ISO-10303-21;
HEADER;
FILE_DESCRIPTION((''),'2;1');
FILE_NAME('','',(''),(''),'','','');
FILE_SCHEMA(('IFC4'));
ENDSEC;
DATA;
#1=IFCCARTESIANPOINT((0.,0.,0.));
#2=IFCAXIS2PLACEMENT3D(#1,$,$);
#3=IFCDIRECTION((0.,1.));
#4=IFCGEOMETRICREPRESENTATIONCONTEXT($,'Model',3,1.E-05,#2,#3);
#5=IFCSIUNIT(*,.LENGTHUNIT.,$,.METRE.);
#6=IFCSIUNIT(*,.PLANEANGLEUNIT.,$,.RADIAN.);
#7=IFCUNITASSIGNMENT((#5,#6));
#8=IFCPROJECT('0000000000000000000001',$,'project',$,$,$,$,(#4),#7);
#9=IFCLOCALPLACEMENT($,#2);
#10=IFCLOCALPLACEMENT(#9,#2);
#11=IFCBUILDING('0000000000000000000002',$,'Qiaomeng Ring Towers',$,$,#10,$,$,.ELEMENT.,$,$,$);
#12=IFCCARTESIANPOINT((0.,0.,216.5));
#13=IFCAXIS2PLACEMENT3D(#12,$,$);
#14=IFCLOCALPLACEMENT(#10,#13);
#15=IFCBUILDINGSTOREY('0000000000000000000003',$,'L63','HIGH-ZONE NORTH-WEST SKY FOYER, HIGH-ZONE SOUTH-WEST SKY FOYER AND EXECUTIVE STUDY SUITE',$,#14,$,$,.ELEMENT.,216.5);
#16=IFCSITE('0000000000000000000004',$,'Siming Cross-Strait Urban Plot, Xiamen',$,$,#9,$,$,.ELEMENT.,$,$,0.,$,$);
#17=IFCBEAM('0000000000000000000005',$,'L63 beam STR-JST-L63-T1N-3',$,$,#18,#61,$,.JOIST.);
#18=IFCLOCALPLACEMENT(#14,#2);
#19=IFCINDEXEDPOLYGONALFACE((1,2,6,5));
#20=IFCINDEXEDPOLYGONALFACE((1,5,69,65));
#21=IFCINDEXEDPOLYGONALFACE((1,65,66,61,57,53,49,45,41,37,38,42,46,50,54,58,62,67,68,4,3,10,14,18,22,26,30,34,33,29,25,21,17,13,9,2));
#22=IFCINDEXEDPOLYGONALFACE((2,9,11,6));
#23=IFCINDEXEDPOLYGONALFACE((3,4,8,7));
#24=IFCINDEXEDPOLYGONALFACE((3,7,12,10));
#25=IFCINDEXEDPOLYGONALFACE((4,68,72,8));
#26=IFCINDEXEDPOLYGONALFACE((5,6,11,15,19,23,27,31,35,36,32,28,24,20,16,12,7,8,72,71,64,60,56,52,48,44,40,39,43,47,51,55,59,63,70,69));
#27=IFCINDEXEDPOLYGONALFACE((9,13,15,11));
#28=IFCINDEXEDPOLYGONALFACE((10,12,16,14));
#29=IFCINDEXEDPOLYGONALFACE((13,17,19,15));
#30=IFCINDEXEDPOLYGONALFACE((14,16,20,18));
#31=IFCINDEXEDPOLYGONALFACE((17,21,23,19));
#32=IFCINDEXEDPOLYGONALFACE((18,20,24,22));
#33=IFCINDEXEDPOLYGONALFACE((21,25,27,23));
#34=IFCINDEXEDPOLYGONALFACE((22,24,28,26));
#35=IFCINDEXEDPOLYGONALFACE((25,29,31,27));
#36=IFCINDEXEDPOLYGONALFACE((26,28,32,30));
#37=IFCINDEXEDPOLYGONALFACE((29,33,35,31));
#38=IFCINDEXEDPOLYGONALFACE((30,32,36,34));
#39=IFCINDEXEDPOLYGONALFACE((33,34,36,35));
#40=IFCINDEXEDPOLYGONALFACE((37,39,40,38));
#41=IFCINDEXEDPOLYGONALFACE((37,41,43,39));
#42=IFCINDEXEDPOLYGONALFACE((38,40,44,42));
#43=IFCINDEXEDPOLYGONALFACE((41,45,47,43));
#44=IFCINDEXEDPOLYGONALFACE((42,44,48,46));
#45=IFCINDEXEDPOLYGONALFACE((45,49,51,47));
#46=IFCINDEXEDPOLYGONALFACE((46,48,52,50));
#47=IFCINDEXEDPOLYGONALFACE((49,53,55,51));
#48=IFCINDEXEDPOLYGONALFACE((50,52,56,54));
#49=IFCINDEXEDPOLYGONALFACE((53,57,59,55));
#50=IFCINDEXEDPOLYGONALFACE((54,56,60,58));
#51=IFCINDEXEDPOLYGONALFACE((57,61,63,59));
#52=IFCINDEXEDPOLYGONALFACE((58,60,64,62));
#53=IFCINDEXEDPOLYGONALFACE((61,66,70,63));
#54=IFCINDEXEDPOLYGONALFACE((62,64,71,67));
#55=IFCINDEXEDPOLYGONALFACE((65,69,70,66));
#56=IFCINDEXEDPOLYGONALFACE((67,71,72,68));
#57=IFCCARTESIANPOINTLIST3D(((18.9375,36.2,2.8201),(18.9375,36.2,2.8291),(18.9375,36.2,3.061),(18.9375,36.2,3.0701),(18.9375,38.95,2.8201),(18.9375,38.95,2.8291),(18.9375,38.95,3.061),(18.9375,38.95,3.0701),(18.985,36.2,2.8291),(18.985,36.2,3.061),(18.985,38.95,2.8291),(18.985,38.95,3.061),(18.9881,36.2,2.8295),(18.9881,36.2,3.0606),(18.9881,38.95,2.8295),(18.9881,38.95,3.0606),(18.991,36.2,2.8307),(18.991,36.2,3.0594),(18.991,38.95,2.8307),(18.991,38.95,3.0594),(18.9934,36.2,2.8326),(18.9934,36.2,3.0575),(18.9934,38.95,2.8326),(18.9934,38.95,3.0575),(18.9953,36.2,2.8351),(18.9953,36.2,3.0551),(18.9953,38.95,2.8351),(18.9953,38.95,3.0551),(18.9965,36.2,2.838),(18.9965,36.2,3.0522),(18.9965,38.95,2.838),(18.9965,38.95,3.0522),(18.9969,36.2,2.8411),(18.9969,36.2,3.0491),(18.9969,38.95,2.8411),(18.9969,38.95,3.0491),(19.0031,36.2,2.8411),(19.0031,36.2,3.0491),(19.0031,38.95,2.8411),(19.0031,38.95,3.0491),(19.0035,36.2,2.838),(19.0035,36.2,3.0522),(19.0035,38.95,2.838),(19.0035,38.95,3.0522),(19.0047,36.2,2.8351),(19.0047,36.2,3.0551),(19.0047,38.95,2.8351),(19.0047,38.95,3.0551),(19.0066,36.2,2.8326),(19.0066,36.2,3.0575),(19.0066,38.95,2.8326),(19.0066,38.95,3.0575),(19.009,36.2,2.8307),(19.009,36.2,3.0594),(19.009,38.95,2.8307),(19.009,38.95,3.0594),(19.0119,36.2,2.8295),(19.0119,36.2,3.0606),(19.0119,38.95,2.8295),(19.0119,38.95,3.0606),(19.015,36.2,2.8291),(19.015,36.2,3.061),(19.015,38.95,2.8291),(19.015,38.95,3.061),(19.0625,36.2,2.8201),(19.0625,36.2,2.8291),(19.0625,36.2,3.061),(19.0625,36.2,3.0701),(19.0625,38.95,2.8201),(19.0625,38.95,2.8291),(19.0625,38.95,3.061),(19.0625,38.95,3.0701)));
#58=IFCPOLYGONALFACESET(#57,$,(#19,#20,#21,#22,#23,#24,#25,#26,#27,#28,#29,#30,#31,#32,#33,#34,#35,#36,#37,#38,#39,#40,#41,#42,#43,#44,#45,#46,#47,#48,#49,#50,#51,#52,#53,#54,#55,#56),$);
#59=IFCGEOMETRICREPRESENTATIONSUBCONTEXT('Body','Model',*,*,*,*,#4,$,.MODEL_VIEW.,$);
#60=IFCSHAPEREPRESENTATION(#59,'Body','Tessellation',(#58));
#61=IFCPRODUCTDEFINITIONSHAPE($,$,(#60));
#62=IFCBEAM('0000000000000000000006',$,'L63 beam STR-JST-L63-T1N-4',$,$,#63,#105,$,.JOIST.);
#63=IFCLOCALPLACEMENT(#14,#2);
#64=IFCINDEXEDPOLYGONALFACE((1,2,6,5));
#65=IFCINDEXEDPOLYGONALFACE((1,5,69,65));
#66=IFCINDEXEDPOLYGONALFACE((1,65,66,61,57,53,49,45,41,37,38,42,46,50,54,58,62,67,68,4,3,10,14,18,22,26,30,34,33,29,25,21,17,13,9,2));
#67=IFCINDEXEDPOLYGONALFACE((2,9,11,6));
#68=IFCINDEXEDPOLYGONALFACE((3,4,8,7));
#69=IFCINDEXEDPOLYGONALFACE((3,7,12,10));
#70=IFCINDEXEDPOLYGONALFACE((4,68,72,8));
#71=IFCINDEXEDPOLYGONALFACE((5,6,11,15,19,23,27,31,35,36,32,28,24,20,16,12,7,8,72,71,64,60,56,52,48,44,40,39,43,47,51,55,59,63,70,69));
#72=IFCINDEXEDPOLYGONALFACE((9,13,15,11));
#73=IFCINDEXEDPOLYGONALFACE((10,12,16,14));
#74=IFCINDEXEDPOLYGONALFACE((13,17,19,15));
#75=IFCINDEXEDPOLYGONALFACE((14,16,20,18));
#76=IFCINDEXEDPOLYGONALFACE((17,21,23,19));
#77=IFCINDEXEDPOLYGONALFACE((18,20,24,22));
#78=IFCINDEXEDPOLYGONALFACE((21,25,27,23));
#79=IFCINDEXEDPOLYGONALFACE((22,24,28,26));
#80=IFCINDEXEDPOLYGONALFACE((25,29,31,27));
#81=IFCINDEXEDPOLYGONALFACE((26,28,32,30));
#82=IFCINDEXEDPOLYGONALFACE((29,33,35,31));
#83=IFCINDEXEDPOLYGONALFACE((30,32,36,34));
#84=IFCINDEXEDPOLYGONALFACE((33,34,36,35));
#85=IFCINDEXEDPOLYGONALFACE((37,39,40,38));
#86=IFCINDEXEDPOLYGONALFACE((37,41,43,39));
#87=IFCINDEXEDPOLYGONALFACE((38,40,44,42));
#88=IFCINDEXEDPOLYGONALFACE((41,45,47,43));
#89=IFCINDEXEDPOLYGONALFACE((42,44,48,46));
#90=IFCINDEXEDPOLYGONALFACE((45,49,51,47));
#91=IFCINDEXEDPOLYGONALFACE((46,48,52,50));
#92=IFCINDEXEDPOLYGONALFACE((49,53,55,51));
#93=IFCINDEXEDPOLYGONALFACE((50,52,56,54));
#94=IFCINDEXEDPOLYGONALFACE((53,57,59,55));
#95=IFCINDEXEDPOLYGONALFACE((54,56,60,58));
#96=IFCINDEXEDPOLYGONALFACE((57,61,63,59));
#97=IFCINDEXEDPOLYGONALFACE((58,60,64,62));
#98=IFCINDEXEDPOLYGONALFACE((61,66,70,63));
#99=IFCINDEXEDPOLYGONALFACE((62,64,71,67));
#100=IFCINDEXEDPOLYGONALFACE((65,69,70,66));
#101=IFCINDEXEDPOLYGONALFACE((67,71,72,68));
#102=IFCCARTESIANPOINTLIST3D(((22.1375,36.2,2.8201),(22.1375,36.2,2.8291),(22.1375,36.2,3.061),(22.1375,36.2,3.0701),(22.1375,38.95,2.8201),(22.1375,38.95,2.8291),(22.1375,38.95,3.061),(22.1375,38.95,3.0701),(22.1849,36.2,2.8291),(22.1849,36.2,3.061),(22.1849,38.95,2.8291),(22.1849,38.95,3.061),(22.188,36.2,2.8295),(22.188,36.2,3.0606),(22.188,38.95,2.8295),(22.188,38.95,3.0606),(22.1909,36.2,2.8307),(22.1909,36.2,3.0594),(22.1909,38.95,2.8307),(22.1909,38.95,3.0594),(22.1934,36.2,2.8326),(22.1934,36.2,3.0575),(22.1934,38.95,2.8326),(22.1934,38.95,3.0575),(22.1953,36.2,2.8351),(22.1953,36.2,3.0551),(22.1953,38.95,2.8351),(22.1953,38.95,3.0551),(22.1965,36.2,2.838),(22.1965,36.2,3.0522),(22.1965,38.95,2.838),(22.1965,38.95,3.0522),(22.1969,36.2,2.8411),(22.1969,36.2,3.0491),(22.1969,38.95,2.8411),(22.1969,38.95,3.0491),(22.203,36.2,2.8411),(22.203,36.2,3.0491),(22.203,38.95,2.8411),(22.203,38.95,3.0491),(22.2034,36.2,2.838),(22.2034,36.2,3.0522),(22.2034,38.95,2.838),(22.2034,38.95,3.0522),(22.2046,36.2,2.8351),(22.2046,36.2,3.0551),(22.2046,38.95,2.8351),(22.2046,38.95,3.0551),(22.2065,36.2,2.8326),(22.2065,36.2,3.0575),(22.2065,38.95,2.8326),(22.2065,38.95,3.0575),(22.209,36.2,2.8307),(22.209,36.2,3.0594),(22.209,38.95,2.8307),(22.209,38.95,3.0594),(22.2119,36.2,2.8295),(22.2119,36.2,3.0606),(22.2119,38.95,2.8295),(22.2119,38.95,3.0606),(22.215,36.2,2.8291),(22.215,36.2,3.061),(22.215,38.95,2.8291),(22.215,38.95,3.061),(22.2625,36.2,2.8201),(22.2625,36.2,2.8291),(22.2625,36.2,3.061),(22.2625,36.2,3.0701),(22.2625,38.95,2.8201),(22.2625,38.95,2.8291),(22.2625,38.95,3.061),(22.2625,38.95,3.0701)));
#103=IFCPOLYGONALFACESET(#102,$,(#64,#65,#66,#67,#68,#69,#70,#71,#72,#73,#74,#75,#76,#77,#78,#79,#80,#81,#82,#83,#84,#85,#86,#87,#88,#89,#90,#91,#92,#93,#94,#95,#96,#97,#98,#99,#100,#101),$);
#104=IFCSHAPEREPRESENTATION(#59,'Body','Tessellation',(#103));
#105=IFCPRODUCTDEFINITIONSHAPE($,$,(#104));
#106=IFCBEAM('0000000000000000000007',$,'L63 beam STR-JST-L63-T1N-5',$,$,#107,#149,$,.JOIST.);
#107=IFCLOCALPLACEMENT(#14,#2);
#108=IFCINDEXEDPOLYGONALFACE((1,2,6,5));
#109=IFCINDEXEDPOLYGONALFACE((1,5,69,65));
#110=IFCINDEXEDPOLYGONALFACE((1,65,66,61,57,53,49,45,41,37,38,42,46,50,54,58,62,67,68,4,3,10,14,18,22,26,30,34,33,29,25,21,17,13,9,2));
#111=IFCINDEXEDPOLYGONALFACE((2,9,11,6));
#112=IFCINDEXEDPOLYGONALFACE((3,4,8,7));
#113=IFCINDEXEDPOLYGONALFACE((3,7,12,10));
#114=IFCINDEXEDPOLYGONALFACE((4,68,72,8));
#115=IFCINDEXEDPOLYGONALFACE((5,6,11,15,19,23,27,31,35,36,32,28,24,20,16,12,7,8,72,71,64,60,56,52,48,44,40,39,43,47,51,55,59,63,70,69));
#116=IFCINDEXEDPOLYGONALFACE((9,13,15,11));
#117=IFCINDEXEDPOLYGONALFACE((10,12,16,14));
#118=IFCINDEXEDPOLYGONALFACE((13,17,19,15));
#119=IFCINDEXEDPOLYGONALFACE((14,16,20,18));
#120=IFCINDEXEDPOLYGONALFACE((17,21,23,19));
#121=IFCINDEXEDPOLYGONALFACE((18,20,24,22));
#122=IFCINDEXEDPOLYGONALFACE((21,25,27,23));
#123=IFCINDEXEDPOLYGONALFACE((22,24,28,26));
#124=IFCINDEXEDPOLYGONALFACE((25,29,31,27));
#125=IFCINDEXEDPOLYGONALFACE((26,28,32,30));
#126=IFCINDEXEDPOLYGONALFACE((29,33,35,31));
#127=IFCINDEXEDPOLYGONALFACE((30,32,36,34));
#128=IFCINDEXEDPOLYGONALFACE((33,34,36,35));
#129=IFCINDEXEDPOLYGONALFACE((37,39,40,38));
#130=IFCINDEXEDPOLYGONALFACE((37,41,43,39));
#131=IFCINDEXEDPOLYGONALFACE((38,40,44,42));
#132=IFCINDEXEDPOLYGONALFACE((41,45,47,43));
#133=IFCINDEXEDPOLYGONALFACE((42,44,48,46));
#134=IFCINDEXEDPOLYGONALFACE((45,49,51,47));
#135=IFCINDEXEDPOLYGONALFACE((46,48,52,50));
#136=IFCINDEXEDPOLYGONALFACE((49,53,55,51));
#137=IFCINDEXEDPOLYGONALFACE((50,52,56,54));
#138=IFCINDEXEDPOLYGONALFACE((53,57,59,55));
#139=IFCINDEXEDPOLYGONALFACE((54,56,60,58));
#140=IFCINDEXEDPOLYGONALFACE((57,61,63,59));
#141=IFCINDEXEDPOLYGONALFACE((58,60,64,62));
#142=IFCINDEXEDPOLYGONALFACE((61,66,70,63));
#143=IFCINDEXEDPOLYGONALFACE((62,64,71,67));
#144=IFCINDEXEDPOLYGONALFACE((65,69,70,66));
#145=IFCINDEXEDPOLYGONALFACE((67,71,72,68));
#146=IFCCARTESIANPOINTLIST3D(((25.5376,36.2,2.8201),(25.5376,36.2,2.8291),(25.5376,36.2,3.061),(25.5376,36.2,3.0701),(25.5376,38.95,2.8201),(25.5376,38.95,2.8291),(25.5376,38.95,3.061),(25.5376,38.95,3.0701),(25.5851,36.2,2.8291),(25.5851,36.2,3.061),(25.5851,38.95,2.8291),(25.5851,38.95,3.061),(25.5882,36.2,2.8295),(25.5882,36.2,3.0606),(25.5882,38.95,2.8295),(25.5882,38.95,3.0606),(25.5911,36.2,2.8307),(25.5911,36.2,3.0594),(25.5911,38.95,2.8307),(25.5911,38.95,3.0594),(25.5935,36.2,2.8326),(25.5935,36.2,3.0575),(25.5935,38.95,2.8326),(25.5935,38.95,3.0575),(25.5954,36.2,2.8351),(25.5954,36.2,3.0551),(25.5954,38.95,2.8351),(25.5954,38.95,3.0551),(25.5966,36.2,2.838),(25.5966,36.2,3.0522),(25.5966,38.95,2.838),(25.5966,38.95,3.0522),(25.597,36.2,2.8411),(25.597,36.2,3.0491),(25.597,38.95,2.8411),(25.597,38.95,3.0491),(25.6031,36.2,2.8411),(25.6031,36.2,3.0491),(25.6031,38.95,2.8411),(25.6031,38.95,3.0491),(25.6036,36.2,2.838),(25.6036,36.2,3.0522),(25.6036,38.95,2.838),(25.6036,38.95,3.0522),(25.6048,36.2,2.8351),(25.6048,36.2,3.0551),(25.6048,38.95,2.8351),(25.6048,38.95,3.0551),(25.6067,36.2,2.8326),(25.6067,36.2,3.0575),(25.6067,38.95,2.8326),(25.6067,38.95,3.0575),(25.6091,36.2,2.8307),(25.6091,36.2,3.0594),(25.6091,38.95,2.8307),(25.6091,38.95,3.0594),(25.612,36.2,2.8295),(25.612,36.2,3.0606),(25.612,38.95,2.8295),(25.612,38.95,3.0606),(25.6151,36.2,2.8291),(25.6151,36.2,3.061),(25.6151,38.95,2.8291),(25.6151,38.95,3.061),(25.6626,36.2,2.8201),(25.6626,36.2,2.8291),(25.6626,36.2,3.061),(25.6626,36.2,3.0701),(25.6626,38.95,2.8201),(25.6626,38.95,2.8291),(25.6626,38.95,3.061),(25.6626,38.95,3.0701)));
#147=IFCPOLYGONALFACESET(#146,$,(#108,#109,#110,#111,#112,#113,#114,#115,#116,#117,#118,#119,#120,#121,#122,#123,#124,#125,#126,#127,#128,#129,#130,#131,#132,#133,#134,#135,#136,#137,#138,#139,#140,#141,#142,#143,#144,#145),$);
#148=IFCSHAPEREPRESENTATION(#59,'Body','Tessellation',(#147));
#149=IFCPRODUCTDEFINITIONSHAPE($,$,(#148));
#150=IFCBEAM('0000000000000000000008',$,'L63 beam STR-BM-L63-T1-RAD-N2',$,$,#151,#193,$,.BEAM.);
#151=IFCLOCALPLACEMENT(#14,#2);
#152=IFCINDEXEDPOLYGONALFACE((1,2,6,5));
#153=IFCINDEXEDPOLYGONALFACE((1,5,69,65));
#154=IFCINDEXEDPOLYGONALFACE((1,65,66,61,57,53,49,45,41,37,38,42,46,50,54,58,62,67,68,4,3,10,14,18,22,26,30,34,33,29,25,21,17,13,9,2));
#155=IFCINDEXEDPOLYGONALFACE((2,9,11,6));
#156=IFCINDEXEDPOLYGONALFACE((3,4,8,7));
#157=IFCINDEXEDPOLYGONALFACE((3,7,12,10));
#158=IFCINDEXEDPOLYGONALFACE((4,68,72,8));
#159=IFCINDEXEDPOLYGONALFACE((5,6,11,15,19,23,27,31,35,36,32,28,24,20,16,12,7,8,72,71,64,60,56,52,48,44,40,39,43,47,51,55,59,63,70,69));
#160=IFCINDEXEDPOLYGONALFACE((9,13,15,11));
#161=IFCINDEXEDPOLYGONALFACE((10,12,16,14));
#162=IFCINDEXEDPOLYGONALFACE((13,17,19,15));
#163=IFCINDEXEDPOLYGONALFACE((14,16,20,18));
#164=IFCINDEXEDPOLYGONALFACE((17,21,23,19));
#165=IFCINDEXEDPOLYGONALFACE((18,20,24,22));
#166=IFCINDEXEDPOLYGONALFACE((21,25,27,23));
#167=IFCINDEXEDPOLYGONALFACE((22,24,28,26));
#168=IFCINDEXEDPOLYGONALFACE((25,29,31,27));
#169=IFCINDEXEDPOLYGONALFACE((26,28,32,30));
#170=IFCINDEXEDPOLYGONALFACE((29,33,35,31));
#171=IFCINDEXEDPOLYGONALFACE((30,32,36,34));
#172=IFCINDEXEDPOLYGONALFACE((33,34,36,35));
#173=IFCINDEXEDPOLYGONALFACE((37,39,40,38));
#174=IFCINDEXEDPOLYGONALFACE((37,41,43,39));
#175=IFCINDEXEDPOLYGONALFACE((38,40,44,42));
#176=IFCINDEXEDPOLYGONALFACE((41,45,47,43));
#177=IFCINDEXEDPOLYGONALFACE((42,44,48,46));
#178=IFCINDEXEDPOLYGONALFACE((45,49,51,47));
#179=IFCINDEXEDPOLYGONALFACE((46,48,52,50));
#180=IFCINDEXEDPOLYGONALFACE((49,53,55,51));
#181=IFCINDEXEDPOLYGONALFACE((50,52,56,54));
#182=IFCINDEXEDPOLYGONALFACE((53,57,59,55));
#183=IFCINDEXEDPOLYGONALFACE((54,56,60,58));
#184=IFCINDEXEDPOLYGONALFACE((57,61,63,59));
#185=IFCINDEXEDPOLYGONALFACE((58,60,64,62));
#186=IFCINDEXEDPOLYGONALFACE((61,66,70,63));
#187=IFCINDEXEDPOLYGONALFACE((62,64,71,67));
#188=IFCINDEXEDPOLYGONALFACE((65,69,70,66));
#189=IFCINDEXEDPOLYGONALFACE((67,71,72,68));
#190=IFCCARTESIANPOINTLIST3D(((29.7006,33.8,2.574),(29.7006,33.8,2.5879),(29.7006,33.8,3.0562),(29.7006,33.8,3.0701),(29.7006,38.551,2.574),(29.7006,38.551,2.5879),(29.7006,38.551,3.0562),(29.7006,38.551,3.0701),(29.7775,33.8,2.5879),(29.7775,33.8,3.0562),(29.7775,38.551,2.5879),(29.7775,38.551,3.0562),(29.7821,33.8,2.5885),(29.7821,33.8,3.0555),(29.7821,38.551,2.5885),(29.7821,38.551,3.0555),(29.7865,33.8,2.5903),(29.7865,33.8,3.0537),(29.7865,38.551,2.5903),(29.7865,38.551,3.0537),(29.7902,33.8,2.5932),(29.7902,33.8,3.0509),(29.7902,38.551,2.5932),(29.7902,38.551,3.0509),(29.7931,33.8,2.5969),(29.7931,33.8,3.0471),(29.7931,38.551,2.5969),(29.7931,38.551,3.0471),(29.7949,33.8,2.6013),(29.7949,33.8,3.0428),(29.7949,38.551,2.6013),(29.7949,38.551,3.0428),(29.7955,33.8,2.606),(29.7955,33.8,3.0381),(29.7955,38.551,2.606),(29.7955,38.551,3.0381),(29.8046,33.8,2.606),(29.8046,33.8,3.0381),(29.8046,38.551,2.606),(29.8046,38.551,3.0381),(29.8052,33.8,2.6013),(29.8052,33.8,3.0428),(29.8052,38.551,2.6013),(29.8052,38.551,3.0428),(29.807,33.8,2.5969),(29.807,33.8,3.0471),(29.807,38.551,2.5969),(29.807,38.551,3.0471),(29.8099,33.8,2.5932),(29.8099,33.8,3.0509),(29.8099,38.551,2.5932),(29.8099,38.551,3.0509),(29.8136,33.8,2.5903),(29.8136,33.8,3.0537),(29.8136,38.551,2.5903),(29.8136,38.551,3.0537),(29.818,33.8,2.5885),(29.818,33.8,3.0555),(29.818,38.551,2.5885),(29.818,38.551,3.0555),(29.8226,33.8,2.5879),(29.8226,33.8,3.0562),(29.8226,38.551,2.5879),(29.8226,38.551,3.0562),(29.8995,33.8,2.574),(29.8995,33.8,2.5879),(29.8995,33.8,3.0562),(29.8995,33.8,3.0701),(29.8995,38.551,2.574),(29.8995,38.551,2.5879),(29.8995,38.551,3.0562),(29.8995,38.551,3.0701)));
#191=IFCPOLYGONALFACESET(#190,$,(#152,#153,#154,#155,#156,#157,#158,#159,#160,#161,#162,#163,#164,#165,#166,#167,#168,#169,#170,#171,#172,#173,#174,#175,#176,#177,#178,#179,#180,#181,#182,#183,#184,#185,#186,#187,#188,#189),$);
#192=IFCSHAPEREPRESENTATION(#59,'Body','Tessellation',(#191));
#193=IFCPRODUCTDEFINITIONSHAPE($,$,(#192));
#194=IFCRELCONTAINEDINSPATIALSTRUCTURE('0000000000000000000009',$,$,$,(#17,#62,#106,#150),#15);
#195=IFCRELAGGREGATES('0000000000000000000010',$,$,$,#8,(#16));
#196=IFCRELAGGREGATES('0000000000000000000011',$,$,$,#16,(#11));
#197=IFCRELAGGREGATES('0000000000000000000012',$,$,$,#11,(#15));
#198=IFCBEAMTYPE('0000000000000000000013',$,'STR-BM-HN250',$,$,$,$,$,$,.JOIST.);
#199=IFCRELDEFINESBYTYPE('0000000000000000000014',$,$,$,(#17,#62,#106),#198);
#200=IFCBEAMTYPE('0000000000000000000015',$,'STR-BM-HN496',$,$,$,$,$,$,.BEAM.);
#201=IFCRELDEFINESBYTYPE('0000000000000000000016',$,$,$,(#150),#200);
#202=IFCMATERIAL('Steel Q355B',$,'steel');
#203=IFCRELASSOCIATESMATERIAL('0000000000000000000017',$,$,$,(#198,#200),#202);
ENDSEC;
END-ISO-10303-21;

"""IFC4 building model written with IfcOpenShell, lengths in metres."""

from ifc_helpers import new_model, si_unit, direction, frame, origin, origin_2d, place, context, subcontext, project, spatial, i_section, extrude, source, transform, mapped, material, material_profile, profile_set, type_object, element, save


model = new_model("IFC4")

# Units and contexts
model_context = context("Model", 3, precision=1e-05, world=origin(), true_north=direction((0.0, 1.0)))
body_context = subcontext(model_context, "Body", "Model", "MODEL_VIEW")
ifc_project = project(units=[si_unit("LENGTHUNIT", "METRE"), si_unit("PLANEANGLEUNIT", "RADIAN")], contexts=[model_context])

# Site, building, storey
site_placement = place(None, origin())
site = spatial("IfcSite", under=ifc_project, at=site_placement, Name="Siming Cross-Strait Urban Plot, Xiamen", CompositionType="ELEMENT", RefElevation=0.0)
building_placement = place(site_placement, origin())
building = spatial("IfcBuilding", under=site, at=building_placement, Name="Qiaomeng Ring Towers", CompositionType="ELEMENT")
storey_placement = place(building_placement, frame((0.0, 0.0, 216.5)))
storey = spatial("IfcBuildingStorey", under=building, at=storey_placement, Name="L63", Description="HIGH-ZONE NORTH-WEST SKY FOYER, HIGH-ZONE SOUTH-WEST SKY FOYER AND EXECUTIVE STUDY SUITE", CompositionType="ELEMENT", Elevation=216.5)

# Beams
ifc_material_1 = material(Name="Steel Q355B", Category="steel")
ifc_material_profile_1 = material_profile(ifc_material_1, i_section(OverallWidth=0.125, OverallDepth=0.25, WebThickness=0.0061, FlangeThickness=0.009, FilletRadius=0.012, at=origin_2d()), Name="HN 250x125x6x9")
ifc_profile_set_1 = profile_set([ifc_material_profile_1], Name="Steel Q355B")
beam_type_1 = type_object("IfcBeamType", Name="STR-BM-HN250", PredefinedType="JOIST", material=ifc_profile_set_1)
shared_shape_1 = source(origin(), body_context, "Body", "SweptSolid", [
    extrude(i_section(OverallWidth=0.125, OverallDepth=0.25, WebThickness=0.0061, FlangeThickness=0.009, FilletRadius=0.012, at=origin_2d()), origin(), (0.0, 0.0, 1.0), 2.75),
])
for number, where, z_axis, x_axis, name in (
    (1, (19.0, 36.2, 2.9451), (0.0, 1.0, 0.0), (-1.0, 0.0, 0.0), "L63 beam STR-JST-L63-T1N-3"),
    (2, (22.2, 36.2, 2.9451), (0.0, 1.0, 0.0), (-1.0, 0.0, 0.0), "L63 beam STR-JST-L63-T1N-4"),
    (3, (25.6001, 36.2, 2.9451), (0.0, 1.0, 0.0), (-1.0, 0.0, 0.0), "L63 beam STR-JST-L63-T1N-5"),
):
    element("IfcBeam", number, at=place(storey_placement, frame(where, z_axis=z_axis, x_axis=x_axis)), inside=storey, type_object=beam_type_1, Name=name, PredefinedType="JOIST", context=body_context, shape_type="MappedRepresentation", body=[
        mapped(shared_shape_1, transform((0.0, 0.0, 0.0), x_axis=(1.0, 0.0, 0.0), y_axis=(0.0, 1.0, 0.0), z_axis=(0.0, 0.0, 1.0), scale=1.0)),
    ])
ifc_material_profile_2 = material_profile(ifc_material_1, i_section(OverallWidth=0.199, OverallDepth=0.4961, WebThickness=0.009, FlangeThickness=0.0139, FilletRadius=0.0181, at=origin_2d()), Name="HN 496x199x9x14")
ifc_profile_set_2 = profile_set([ifc_material_profile_2], Name="Steel Q355B")
beam_type_2 = type_object("IfcBeamType", Name="STR-BM-HN496", PredefinedType="BEAM", material=ifc_profile_set_2)
shared_shape_2 = source(origin(), body_context, "Body", "SweptSolid", [
    extrude(i_section(OverallWidth=0.199, OverallDepth=0.4961, WebThickness=0.009, FlangeThickness=0.0139, FilletRadius=0.0181, at=origin_2d()), origin(), (0.0, 0.0, 1.0), 4.751),
])
beam_1_placement = place(storey_placement, frame((29.8, 38.551, 2.822), z_axis=(0.0, -1.0, 0.0), x_axis=(1.0, 0.0, 0.0)))
element("IfcBeam", 4, at=beam_1_placement, inside=storey, type_object=beam_type_2, Name="L63 beam STR-BM-L63-T1-RAD-N2", PredefinedType="BEAM", context=body_context, shape_type="MappedRepresentation", body=[
    mapped(shared_shape_2, transform((0.0, 0.0, 0.0), x_axis=(1.0, 0.0, 0.0), y_axis=(0.0, 1.0, 0.0), z_axis=(0.0, 0.0, 1.0), scale=1.0)),
])

save(model, "model.ifc")
